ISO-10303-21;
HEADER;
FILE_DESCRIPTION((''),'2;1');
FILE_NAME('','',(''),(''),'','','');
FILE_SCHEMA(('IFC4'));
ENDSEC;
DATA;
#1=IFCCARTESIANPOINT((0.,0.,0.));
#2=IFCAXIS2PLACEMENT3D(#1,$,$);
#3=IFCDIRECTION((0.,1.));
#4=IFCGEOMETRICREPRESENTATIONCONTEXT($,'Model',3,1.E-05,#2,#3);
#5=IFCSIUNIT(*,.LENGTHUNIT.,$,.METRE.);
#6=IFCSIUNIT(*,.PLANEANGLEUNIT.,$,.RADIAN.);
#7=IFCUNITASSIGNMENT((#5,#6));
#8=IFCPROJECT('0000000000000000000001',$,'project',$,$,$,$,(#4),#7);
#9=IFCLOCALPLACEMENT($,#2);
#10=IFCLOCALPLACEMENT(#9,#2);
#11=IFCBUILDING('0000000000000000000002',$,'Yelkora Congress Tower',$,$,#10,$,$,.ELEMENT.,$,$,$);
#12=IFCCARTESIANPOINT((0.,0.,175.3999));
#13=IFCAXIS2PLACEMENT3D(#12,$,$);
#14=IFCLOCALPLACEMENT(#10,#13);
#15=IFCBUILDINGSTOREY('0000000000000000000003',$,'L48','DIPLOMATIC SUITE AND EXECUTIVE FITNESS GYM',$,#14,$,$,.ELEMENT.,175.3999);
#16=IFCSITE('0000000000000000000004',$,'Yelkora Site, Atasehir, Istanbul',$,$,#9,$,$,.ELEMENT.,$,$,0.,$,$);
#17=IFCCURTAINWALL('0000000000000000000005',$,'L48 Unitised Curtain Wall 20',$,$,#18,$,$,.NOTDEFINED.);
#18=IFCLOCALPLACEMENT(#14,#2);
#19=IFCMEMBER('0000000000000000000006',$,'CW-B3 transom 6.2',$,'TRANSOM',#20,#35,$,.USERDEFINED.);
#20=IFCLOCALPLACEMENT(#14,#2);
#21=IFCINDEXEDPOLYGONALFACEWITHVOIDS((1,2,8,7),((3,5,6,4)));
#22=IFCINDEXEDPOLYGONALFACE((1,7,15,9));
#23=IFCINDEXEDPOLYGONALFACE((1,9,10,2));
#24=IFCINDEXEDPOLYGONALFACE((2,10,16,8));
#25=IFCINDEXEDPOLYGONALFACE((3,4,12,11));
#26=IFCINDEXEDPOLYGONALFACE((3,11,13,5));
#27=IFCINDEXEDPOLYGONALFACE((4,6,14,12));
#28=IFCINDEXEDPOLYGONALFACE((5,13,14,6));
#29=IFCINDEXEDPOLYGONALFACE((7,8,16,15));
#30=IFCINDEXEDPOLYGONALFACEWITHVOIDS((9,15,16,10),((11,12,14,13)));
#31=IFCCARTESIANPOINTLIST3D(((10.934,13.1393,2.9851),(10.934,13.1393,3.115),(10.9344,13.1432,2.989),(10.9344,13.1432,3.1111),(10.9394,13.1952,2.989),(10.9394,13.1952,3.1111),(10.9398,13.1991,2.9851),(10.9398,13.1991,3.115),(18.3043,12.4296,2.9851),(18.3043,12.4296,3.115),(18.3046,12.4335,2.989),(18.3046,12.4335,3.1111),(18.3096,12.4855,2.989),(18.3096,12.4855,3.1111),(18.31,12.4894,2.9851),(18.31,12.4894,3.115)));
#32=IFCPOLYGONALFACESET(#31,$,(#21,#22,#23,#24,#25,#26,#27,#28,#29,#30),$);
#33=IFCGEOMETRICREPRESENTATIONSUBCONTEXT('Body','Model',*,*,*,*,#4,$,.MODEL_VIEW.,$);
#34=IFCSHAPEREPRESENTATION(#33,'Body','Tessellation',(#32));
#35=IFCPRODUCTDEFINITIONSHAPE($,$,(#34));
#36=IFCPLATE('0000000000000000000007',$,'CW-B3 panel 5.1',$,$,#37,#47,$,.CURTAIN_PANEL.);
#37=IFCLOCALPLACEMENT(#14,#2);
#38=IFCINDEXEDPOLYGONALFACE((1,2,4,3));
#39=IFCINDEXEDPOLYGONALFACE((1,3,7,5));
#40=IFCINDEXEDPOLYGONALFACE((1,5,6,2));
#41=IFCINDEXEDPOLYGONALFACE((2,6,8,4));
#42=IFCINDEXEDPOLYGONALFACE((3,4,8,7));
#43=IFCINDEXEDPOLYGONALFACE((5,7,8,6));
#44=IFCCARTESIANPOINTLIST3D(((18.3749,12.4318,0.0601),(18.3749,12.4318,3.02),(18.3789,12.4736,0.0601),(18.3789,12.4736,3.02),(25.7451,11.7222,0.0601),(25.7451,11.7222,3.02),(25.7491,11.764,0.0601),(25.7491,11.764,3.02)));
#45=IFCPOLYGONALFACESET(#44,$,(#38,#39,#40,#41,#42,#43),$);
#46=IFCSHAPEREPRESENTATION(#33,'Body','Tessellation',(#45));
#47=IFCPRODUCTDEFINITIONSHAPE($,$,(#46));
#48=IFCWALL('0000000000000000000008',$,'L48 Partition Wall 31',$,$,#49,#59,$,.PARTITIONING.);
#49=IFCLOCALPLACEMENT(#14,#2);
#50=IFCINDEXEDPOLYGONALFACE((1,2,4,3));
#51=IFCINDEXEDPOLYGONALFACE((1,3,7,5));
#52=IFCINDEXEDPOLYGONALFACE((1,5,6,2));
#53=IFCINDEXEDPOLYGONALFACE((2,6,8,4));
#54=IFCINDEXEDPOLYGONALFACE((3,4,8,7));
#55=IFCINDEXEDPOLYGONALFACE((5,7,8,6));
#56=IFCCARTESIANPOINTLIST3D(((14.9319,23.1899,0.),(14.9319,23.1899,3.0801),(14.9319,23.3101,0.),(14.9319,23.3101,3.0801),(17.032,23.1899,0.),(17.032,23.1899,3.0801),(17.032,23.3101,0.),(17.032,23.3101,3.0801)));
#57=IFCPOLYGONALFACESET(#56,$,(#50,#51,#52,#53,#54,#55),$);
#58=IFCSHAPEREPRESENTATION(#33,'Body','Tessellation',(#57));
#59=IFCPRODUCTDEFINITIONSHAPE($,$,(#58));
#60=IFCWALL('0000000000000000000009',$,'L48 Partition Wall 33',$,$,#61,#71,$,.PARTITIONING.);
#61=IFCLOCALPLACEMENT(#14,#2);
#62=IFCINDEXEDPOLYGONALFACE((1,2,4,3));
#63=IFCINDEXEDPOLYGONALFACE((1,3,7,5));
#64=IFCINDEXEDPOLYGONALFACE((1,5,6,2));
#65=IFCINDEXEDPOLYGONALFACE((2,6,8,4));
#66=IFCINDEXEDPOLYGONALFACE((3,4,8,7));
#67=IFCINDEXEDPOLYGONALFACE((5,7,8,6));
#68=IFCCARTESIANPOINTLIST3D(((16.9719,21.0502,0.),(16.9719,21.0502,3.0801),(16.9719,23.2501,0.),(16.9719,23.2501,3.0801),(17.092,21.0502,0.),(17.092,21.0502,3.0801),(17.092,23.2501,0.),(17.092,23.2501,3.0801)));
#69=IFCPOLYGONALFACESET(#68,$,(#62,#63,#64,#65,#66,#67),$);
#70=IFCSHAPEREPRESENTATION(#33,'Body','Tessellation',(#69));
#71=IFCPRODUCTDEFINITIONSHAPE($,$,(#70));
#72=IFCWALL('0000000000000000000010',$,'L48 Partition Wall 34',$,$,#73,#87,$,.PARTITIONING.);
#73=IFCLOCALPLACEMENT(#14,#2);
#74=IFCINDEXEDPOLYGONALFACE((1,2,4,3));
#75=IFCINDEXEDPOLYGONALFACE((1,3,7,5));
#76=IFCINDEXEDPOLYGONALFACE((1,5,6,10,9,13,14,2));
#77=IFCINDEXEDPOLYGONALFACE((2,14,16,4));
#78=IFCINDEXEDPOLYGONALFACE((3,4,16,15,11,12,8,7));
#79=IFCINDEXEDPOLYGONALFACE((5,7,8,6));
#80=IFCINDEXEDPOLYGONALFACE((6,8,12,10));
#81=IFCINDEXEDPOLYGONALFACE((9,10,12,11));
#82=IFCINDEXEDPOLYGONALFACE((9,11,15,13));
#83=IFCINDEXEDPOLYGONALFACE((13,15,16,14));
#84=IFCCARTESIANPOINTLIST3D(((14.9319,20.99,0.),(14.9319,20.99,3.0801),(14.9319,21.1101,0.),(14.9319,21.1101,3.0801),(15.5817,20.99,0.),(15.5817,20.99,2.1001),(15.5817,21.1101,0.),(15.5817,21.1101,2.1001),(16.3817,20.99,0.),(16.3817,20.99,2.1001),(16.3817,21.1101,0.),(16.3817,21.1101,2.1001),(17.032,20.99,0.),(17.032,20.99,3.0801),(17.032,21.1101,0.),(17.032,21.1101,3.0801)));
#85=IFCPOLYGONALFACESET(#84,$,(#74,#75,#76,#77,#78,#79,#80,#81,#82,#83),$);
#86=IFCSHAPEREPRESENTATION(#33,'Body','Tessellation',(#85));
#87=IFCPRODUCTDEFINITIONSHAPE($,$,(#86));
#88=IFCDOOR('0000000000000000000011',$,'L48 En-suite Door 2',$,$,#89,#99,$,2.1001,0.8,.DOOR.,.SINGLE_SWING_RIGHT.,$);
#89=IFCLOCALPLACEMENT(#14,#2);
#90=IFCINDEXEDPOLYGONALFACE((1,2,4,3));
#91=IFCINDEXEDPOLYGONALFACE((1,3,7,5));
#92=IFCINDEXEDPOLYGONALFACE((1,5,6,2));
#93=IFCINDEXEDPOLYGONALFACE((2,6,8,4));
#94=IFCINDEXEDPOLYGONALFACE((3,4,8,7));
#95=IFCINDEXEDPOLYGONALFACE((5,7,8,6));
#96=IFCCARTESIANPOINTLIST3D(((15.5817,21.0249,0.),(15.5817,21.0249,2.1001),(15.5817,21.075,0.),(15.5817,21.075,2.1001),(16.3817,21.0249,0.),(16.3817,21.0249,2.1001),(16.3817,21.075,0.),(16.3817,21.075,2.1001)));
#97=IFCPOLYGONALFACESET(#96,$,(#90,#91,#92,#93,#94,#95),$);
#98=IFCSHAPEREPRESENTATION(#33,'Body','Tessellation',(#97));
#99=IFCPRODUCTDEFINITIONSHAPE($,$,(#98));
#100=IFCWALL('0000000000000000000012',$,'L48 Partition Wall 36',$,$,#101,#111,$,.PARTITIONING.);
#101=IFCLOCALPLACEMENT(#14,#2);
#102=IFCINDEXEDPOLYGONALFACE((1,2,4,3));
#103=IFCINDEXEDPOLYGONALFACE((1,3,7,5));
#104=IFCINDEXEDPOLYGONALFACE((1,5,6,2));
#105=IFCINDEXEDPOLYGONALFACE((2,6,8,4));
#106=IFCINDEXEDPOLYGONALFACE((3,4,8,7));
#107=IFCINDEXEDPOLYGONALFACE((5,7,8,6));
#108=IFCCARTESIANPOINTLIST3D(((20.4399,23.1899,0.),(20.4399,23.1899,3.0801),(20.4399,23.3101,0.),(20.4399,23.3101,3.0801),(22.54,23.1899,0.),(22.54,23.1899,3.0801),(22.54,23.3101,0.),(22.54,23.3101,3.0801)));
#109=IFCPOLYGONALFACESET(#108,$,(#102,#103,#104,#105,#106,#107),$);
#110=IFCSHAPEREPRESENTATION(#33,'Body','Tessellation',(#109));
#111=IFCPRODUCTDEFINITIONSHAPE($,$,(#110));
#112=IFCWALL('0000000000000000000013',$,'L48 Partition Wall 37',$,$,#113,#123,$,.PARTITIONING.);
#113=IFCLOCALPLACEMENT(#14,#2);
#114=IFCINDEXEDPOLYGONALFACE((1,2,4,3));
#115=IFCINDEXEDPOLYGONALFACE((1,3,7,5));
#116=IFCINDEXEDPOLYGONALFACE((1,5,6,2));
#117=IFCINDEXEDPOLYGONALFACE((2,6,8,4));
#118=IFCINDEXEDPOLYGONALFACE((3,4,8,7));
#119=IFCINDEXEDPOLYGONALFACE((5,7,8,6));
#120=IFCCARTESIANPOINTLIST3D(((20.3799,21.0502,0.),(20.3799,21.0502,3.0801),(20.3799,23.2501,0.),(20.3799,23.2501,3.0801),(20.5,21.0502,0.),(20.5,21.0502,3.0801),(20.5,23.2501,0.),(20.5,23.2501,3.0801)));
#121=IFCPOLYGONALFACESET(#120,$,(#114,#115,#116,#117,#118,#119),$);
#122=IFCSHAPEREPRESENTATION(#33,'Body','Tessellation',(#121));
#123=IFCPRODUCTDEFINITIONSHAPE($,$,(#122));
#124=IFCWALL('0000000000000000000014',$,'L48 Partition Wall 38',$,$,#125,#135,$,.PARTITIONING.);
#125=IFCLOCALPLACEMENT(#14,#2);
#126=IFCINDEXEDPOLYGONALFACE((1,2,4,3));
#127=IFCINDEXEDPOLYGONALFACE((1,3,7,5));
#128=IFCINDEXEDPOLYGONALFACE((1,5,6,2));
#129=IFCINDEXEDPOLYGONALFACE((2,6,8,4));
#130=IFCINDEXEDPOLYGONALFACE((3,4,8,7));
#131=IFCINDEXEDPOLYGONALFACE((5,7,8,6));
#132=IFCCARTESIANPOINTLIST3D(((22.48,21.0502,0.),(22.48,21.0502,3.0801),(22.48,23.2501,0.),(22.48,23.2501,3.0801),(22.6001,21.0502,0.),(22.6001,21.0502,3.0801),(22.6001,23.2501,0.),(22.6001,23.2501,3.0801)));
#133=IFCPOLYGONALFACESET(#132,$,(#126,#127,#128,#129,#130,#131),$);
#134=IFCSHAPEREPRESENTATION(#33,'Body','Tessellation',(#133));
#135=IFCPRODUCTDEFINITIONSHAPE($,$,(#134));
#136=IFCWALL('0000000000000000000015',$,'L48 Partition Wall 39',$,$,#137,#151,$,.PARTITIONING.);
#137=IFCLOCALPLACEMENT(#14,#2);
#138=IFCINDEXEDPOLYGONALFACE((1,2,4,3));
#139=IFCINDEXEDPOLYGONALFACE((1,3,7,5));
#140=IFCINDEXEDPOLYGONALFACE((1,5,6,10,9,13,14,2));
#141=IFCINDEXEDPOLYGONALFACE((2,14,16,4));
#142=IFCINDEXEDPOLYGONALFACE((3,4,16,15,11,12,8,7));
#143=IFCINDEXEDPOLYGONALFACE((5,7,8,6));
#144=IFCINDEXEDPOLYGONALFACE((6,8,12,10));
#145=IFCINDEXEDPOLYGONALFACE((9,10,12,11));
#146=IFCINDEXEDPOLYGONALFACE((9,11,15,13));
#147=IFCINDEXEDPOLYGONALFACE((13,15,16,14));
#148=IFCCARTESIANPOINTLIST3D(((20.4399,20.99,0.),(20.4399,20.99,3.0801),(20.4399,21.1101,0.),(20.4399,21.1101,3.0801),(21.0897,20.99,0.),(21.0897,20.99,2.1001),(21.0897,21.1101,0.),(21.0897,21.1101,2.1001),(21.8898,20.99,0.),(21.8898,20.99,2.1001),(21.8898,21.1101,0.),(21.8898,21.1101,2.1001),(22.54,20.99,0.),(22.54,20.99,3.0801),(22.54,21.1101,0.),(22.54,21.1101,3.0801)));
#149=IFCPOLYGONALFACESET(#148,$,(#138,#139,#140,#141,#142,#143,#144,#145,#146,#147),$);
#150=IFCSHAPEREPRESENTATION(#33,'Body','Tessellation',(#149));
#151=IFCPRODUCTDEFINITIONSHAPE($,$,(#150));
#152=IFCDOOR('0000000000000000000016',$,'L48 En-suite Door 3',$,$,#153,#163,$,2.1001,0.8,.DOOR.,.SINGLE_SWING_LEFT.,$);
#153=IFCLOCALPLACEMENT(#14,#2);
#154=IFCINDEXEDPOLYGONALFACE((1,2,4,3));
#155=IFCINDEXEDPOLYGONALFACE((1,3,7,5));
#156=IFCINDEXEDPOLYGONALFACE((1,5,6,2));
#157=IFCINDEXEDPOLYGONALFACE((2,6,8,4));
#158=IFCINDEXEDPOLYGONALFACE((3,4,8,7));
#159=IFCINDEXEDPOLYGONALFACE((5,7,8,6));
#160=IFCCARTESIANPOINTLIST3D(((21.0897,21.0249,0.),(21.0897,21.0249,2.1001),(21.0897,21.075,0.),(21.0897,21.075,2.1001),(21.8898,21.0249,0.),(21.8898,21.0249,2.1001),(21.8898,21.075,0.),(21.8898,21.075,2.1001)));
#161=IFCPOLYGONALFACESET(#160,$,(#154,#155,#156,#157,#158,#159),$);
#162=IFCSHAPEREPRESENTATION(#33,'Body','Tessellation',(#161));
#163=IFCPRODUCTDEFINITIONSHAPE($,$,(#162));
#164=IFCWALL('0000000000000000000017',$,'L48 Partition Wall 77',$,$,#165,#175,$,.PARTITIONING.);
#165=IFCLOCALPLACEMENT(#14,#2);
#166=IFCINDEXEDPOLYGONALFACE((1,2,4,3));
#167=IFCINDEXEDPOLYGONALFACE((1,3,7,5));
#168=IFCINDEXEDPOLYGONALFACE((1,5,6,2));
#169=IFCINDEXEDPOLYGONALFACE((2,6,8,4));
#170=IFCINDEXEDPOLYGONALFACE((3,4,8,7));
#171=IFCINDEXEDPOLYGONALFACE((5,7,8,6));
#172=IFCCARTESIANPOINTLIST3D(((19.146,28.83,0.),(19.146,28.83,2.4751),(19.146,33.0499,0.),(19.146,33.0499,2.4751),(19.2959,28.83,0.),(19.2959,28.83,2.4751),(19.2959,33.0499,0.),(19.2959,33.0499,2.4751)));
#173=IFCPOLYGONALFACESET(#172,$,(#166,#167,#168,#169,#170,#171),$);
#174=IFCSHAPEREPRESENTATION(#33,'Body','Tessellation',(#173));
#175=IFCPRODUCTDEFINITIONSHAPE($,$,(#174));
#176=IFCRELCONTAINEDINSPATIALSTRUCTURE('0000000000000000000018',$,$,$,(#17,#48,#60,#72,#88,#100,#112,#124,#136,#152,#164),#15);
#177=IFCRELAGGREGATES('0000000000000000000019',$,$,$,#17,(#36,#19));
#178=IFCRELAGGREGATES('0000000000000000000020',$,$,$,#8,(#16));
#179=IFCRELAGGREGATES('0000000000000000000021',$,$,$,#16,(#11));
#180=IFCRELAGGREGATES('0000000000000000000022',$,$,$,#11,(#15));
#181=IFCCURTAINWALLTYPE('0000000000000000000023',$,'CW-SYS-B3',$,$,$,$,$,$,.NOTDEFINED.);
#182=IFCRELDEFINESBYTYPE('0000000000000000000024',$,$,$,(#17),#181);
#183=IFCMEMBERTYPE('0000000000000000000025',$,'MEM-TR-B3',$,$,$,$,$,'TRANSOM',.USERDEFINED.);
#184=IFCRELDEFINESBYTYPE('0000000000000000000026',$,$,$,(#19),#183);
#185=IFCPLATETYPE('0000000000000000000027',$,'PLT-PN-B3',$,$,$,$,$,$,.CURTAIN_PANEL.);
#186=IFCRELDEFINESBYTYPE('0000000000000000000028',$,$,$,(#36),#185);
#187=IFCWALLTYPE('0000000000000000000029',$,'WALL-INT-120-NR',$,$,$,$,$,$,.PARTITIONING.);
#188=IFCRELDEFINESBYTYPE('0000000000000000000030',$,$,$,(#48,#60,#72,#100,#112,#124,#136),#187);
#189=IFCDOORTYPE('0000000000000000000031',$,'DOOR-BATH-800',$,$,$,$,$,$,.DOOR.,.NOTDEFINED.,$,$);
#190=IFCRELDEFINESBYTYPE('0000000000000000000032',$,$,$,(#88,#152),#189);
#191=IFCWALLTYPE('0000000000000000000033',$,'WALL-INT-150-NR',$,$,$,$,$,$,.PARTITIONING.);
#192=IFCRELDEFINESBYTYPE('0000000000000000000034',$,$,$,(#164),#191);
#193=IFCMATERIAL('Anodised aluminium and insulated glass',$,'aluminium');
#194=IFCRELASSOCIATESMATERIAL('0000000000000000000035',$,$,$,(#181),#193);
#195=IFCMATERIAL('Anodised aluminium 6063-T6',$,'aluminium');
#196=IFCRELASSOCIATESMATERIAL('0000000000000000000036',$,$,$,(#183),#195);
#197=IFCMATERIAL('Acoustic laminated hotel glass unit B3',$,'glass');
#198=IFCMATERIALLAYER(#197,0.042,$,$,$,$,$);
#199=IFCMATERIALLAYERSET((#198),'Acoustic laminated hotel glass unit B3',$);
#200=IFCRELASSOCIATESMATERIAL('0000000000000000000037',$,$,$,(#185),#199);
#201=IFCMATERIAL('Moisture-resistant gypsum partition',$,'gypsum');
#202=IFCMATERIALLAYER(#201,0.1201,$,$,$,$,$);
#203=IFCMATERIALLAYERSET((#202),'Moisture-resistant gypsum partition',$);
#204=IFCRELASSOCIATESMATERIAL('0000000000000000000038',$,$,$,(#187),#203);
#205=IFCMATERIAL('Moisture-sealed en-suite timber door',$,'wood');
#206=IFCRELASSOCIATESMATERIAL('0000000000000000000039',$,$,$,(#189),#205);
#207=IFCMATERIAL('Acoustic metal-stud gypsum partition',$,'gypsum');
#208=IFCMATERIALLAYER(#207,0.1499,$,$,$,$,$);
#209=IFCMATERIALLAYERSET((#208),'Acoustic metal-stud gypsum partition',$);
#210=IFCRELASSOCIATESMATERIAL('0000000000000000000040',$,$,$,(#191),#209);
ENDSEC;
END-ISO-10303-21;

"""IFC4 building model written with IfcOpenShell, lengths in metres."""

from ifc_helpers import new_model, si_unit, direction, frame, frame_2d, origin, origin_2d, place, context, subcontext, project, spatial, rectangle, hollow_rectangle, extrude, material, layer, layer_set, material_profile, profile_set, type_object, element, fill, aggregate, save


model = new_model("IFC4")

# Units and contexts
model_context = context("Model", 3, precision=1e-05, world=origin(), true_north=direction((0.0, 1.0)))
body_context = subcontext(model_context, "Body", "Model", "MODEL_VIEW")
ifc_project = project(units=[si_unit("LENGTHUNIT", "METRE"), si_unit("PLANEANGLEUNIT", "RADIAN")], contexts=[model_context])

# Site, building, storey
site_placement = place(None, origin())
site = spatial("IfcSite", under=ifc_project, at=site_placement, Name="Yelkora Site, Atasehir, Istanbul", CompositionType="ELEMENT", RefElevation=0.0)
building_placement = place(site_placement, origin())
building = spatial("IfcBuilding", under=site, at=building_placement, Name="Yelkora Congress Tower", CompositionType="ELEMENT")
storey_placement = place(building_placement, frame((0.0, 0.0, 175.3999)))
storey = spatial("IfcBuildingStorey", under=building, at=storey_placement, Name="L48", Description="DIPLOMATIC SUITE AND EXECUTIVE FITNESS GYM", CompositionType="ELEMENT", Elevation=175.3999)

# Curtain wall, member, plate
ifc_material_1 = material(Name="Anodised aluminium and insulated glass", Category="aluminium")
curtain_wall_type = type_object("IfcCurtainWallType", Name="CW-SYS-B3", PredefinedType="NOTDEFINED", material=ifc_material_1)
curtain_wall_placement = place(storey_placement, origin())
curtain_wall = element("IfcCurtainWall", 1, at=curtain_wall_placement, inside=storey, type_object=curtain_wall_type, Name="L48 Unitised Curtain Wall 20", PredefinedType="NOTDEFINED")
ifc_material_2 = material(Name="Anodised aluminium 6063-T6", Category="aluminium")
ifc_material_profile_1 = material_profile(ifc_material_2, hollow_rectangle(XDim=0.0601, YDim=0.1299, WallThickness=0.0039, at=origin_2d()), Name="ALU 60x130x4")
ifc_profile_set_1 = profile_set([ifc_material_profile_1], Name="Anodised aluminium 6063-T6")
member_type_1 = type_object("IfcMemberType", Name="MEM-TR-B3", ElementType="TRANSOM", PredefinedType="USERDEFINED", material=ifc_profile_set_1)
member_1_placement = place(storey_placement, frame((18.3071, 12.4595, 3.05), z_axis=(-0.995395, 0.095853, 0.0), x_axis=(-0.095853, -0.995395, 0.0)))
member_1 = element("IfcMember", 2, at=member_1_placement, type_object=member_type_1, Name="CW-B3 transom 6.2", ObjectType="TRANSOM", PredefinedType="USERDEFINED", context=body_context, shape_type="SweptSolid", body=[
    extrude(hollow_rectangle(XDim=0.0601, YDim=0.1299, WallThickness=0.0039, at=origin_2d()), origin(), (0.0, 0.0, 1.0), 7.4043),
])
ifc_material_3 = material(Name="Acoustic laminated hotel glass unit B3", Category="glass")
ifc_layer_1 = layer(ifc_material_3, 0.042)
ifc_layer_set_1 = layer_set([ifc_layer_1], Name="Acoustic laminated hotel glass unit B3")
plate_type = type_object("IfcPlateType", Name="PLT-PN-B3", PredefinedType="CURTAIN_PANEL", material=ifc_layer_set_1)
plate_placement = place(storey_placement, frame((22.062, 12.0979, 0.0601), z_axis=(0.0, 0.0, 1.0), x_axis=(-0.995396, 0.095845, 0.0)))
plate = element("IfcPlate", 3, at=plate_placement, type_object=plate_type, Name="CW-B3 panel 5.1", PredefinedType="CURTAIN_PANEL", context=body_context, shape_type="SweptSolid", body=[
    extrude(rectangle(XDim=7.4043, YDim=0.042, at=origin_2d()), origin(), (0.0, 0.0, 1.0), 2.96),
])
aggregate(curtain_wall, [plate, member_1])

# Walls
ifc_material_4 = material(Name="Moisture-resistant gypsum partition", Category="gypsum")
ifc_layer_2 = layer(ifc_material_4, 0.1201)
ifc_layer_set_2 = layer_set([ifc_layer_2], Name="Moisture-resistant gypsum partition")
wall_type_1 = type_object("IfcWallType", Name="WALL-INT-120-NR", PredefinedType="PARTITIONING", material=ifc_layer_set_2)
wall_1_placement = place(storey_placement, frame((14.9319, 23.25, 0.0), z_axis=(0.0, 0.0, 1.0), x_axis=(1.0, 0.0, 0.0)))
element("IfcWall", 4, at=wall_1_placement, inside=storey, type_object=wall_type_1, Name="L48 Partition Wall 31", PredefinedType="PARTITIONING", context=body_context, shape_type="SweptSolid", body=[
    extrude(rectangle(XDim=2.1001, YDim=0.1201, at=frame_2d((1.05, 0.0))), origin(), (0.0, 0.0, 1.0), 3.0801),
])
wall_2_placement = place(storey_placement, frame((17.032, 21.05, 0.0), z_axis=(0.0, 0.0, 1.0), x_axis=(0.0, 1.0, 0.0)))
element("IfcWall", 5, at=wall_2_placement, inside=storey, type_object=wall_type_1, Name="L48 Partition Wall 33", PredefinedType="PARTITIONING", context=body_context, shape_type="SweptSolid", body=[
    extrude(rectangle(XDim=2.2, YDim=0.1201, at=frame_2d((1.1001, 0.0))), origin(), (0.0, 0.0, 1.0), 3.0801),
])

# Wall, opening, door
wall_3_placement = place(storey_placement, frame((14.9319, 21.05, 0.0), z_axis=(0.0, 0.0, 1.0), x_axis=(1.0, 0.0, 0.0)))
wall_3 = element("IfcWall", 6, at=wall_3_placement, inside=storey, type_object=wall_type_1, Name="L48 Partition Wall 34", PredefinedType="PARTITIONING", context=body_context, shape_type="SweptSolid", body=[
    extrude(rectangle(XDim=2.1001, YDim=0.1201, at=frame_2d((1.05, 0.0))), origin(), (0.0, 0.0, 1.0), 3.0801),
])
opening_1_placement = place(wall_3_placement, frame((0.6499, 0.0, 0.0)))
opening_1 = element("IfcOpeningElement", 7, at=opening_1_placement, cuts=wall_3, PredefinedType="OPENING", context=body_context, shape_type="SweptSolid", body=[
    extrude(rectangle(XDim=0.8, YDim=2.1001, at=frame_2d((0.3999, 1.05))), frame((0.0, 0.0701, 0.0), z_axis=(0.0, -1.0, 0.0), x_axis=(1.0, 0.0, 0.0)), (0.0, 0.0, 1.0), 0.1401),
])
ifc_material_5 = material(Name="Moisture-sealed en-suite timber door", Category="wood")
door_type = type_object("IfcDoorType", Name="DOOR-BATH-800", OperationType="NOTDEFINED", PredefinedType="DOOR", material=ifc_material_5)
door_1_placement = place(opening_1_placement, origin())
door_1 = element("IfcDoor", 8, at=door_1_placement, inside=storey, type_object=door_type, Name="L48 En-suite Door 2", OperationType="SINGLE_SWING_RIGHT", OverallHeight=2.1001, OverallWidth=0.8, PredefinedType="DOOR", context=body_context, shape_type="SweptSolid", body=[
    extrude(rectangle(XDim=0.8, YDim=2.1001, at=frame_2d((0.3999, 1.05))), frame((0.0, 0.0249, 0.0), z_axis=(0.0, -1.0, 0.0), x_axis=(1.0, 0.0, 0.0)), (0.0, 0.0, 1.0), 0.05),
])
fill(opening_1, door_1)

# Walls
wall_4_placement = place(storey_placement, frame((20.4399, 23.25, 0.0), z_axis=(0.0, 0.0, 1.0), x_axis=(1.0, 0.0, 0.0)))
element("IfcWall", 9, at=wall_4_placement, inside=storey, type_object=wall_type_1, Name="L48 Partition Wall 36", PredefinedType="PARTITIONING", context=body_context, shape_type="SweptSolid", body=[
    extrude(rectangle(XDim=2.1001, YDim=0.1201, at=frame_2d((1.05, 0.0))), origin(), (0.0, 0.0, 1.0), 3.0801),
])
for number, where, z_axis, x_axis, name in (
    (10, (20.4399, 21.05, 0.0), (0.0, 0.0, 1.0), (0.0, 1.0, 0.0), "L48 Partition Wall 37"),
    (11, (22.54, 21.05, 0.0), (0.0, 0.0, 1.0), (0.0, 1.0, 0.0), "L48 Partition Wall 38"),
):
    element("IfcWall", number, at=place(storey_placement, frame(where, z_axis=z_axis, x_axis=x_axis)), inside=storey, type_object=wall_type_1, Name=name, PredefinedType="PARTITIONING", context=body_context, shape_type="SweptSolid", body=[
        extrude(rectangle(XDim=2.2, YDim=0.1201, at=frame_2d((1.1001, 0.0))), origin(), (0.0, 0.0, 1.0), 3.0801),
    ])

# Wall, opening, door
wall_5_placement = place(storey_placement, frame((20.4399, 21.05, 0.0), z_axis=(0.0, 0.0, 1.0), x_axis=(1.0, 0.0, 0.0)))
wall_5 = element("IfcWall", 12, at=wall_5_placement, inside=storey, type_object=wall_type_1, Name="L48 Partition Wall 39", PredefinedType="PARTITIONING", context=body_context, shape_type="SweptSolid", body=[
    extrude(rectangle(XDim=2.1001, YDim=0.1201, at=frame_2d((1.05, 0.0))), origin(), (0.0, 0.0, 1.0), 3.0801),
])
opening_2_placement = place(wall_5_placement, frame((0.6499, 0.0, 0.0)))
opening_2 = element("IfcOpeningElement", 13, at=opening_2_placement, cuts=wall_5, PredefinedType="OPENING", context=body_context, shape_type="SweptSolid", body=[
    extrude(rectangle(XDim=0.8, YDim=2.1001, at=frame_2d((0.3999, 1.05))), frame((0.0, 0.0701, 0.0), z_axis=(0.0, -1.0, 0.0), x_axis=(1.0, 0.0, 0.0)), (0.0, 0.0, 1.0), 0.1401),
])
door_2_placement = place(opening_2_placement, origin())
door_2 = element("IfcDoor", 14, at=door_2_placement, inside=storey, type_object=door_type, Name="L48 En-suite Door 3", OperationType="SINGLE_SWING_LEFT", OverallHeight=2.1001, OverallWidth=0.8, PredefinedType="DOOR", context=body_context, shape_type="SweptSolid", body=[
    extrude(rectangle(XDim=0.8, YDim=2.1001, at=frame_2d((0.3999, 1.05))), frame((0.0, 0.0249, 0.0), z_axis=(0.0, -1.0, 0.0), x_axis=(1.0, 0.0, 0.0)), (0.0, 0.0, 1.0), 0.05),
])
fill(opening_2, door_2)

# Wall
ifc_material_6 = material(Name="Acoustic metal-stud gypsum partition", Category="gypsum")
ifc_layer_3 = layer(ifc_material_6, 0.1499)
ifc_layer_set_3 = layer_set([ifc_layer_3], Name="Acoustic metal-stud gypsum partition")
wall_type_2 = type_object("IfcWallType", Name="WALL-INT-150-NR", PredefinedType="PARTITIONING", material=ifc_layer_set_3)
wall_6_placement = place(storey_placement, frame((19.2209, 28.8301, 0.0), z_axis=(0.0, 0.0, 1.0), x_axis=(0.0, 1.0, 0.0)))
element("IfcWall", 15, at=wall_6_placement, inside=storey, type_object=wall_type_2, Name="L48 Partition Wall 77", PredefinedType="PARTITIONING", context=body_context, shape_type="SweptSolid", body=[
    extrude(rectangle(XDim=4.22, YDim=0.1499, at=frame_2d((2.1099, 0.0))), origin(), (0.0, 0.0, 1.0), 2.4751),
])

save(model, "model.ifc")
